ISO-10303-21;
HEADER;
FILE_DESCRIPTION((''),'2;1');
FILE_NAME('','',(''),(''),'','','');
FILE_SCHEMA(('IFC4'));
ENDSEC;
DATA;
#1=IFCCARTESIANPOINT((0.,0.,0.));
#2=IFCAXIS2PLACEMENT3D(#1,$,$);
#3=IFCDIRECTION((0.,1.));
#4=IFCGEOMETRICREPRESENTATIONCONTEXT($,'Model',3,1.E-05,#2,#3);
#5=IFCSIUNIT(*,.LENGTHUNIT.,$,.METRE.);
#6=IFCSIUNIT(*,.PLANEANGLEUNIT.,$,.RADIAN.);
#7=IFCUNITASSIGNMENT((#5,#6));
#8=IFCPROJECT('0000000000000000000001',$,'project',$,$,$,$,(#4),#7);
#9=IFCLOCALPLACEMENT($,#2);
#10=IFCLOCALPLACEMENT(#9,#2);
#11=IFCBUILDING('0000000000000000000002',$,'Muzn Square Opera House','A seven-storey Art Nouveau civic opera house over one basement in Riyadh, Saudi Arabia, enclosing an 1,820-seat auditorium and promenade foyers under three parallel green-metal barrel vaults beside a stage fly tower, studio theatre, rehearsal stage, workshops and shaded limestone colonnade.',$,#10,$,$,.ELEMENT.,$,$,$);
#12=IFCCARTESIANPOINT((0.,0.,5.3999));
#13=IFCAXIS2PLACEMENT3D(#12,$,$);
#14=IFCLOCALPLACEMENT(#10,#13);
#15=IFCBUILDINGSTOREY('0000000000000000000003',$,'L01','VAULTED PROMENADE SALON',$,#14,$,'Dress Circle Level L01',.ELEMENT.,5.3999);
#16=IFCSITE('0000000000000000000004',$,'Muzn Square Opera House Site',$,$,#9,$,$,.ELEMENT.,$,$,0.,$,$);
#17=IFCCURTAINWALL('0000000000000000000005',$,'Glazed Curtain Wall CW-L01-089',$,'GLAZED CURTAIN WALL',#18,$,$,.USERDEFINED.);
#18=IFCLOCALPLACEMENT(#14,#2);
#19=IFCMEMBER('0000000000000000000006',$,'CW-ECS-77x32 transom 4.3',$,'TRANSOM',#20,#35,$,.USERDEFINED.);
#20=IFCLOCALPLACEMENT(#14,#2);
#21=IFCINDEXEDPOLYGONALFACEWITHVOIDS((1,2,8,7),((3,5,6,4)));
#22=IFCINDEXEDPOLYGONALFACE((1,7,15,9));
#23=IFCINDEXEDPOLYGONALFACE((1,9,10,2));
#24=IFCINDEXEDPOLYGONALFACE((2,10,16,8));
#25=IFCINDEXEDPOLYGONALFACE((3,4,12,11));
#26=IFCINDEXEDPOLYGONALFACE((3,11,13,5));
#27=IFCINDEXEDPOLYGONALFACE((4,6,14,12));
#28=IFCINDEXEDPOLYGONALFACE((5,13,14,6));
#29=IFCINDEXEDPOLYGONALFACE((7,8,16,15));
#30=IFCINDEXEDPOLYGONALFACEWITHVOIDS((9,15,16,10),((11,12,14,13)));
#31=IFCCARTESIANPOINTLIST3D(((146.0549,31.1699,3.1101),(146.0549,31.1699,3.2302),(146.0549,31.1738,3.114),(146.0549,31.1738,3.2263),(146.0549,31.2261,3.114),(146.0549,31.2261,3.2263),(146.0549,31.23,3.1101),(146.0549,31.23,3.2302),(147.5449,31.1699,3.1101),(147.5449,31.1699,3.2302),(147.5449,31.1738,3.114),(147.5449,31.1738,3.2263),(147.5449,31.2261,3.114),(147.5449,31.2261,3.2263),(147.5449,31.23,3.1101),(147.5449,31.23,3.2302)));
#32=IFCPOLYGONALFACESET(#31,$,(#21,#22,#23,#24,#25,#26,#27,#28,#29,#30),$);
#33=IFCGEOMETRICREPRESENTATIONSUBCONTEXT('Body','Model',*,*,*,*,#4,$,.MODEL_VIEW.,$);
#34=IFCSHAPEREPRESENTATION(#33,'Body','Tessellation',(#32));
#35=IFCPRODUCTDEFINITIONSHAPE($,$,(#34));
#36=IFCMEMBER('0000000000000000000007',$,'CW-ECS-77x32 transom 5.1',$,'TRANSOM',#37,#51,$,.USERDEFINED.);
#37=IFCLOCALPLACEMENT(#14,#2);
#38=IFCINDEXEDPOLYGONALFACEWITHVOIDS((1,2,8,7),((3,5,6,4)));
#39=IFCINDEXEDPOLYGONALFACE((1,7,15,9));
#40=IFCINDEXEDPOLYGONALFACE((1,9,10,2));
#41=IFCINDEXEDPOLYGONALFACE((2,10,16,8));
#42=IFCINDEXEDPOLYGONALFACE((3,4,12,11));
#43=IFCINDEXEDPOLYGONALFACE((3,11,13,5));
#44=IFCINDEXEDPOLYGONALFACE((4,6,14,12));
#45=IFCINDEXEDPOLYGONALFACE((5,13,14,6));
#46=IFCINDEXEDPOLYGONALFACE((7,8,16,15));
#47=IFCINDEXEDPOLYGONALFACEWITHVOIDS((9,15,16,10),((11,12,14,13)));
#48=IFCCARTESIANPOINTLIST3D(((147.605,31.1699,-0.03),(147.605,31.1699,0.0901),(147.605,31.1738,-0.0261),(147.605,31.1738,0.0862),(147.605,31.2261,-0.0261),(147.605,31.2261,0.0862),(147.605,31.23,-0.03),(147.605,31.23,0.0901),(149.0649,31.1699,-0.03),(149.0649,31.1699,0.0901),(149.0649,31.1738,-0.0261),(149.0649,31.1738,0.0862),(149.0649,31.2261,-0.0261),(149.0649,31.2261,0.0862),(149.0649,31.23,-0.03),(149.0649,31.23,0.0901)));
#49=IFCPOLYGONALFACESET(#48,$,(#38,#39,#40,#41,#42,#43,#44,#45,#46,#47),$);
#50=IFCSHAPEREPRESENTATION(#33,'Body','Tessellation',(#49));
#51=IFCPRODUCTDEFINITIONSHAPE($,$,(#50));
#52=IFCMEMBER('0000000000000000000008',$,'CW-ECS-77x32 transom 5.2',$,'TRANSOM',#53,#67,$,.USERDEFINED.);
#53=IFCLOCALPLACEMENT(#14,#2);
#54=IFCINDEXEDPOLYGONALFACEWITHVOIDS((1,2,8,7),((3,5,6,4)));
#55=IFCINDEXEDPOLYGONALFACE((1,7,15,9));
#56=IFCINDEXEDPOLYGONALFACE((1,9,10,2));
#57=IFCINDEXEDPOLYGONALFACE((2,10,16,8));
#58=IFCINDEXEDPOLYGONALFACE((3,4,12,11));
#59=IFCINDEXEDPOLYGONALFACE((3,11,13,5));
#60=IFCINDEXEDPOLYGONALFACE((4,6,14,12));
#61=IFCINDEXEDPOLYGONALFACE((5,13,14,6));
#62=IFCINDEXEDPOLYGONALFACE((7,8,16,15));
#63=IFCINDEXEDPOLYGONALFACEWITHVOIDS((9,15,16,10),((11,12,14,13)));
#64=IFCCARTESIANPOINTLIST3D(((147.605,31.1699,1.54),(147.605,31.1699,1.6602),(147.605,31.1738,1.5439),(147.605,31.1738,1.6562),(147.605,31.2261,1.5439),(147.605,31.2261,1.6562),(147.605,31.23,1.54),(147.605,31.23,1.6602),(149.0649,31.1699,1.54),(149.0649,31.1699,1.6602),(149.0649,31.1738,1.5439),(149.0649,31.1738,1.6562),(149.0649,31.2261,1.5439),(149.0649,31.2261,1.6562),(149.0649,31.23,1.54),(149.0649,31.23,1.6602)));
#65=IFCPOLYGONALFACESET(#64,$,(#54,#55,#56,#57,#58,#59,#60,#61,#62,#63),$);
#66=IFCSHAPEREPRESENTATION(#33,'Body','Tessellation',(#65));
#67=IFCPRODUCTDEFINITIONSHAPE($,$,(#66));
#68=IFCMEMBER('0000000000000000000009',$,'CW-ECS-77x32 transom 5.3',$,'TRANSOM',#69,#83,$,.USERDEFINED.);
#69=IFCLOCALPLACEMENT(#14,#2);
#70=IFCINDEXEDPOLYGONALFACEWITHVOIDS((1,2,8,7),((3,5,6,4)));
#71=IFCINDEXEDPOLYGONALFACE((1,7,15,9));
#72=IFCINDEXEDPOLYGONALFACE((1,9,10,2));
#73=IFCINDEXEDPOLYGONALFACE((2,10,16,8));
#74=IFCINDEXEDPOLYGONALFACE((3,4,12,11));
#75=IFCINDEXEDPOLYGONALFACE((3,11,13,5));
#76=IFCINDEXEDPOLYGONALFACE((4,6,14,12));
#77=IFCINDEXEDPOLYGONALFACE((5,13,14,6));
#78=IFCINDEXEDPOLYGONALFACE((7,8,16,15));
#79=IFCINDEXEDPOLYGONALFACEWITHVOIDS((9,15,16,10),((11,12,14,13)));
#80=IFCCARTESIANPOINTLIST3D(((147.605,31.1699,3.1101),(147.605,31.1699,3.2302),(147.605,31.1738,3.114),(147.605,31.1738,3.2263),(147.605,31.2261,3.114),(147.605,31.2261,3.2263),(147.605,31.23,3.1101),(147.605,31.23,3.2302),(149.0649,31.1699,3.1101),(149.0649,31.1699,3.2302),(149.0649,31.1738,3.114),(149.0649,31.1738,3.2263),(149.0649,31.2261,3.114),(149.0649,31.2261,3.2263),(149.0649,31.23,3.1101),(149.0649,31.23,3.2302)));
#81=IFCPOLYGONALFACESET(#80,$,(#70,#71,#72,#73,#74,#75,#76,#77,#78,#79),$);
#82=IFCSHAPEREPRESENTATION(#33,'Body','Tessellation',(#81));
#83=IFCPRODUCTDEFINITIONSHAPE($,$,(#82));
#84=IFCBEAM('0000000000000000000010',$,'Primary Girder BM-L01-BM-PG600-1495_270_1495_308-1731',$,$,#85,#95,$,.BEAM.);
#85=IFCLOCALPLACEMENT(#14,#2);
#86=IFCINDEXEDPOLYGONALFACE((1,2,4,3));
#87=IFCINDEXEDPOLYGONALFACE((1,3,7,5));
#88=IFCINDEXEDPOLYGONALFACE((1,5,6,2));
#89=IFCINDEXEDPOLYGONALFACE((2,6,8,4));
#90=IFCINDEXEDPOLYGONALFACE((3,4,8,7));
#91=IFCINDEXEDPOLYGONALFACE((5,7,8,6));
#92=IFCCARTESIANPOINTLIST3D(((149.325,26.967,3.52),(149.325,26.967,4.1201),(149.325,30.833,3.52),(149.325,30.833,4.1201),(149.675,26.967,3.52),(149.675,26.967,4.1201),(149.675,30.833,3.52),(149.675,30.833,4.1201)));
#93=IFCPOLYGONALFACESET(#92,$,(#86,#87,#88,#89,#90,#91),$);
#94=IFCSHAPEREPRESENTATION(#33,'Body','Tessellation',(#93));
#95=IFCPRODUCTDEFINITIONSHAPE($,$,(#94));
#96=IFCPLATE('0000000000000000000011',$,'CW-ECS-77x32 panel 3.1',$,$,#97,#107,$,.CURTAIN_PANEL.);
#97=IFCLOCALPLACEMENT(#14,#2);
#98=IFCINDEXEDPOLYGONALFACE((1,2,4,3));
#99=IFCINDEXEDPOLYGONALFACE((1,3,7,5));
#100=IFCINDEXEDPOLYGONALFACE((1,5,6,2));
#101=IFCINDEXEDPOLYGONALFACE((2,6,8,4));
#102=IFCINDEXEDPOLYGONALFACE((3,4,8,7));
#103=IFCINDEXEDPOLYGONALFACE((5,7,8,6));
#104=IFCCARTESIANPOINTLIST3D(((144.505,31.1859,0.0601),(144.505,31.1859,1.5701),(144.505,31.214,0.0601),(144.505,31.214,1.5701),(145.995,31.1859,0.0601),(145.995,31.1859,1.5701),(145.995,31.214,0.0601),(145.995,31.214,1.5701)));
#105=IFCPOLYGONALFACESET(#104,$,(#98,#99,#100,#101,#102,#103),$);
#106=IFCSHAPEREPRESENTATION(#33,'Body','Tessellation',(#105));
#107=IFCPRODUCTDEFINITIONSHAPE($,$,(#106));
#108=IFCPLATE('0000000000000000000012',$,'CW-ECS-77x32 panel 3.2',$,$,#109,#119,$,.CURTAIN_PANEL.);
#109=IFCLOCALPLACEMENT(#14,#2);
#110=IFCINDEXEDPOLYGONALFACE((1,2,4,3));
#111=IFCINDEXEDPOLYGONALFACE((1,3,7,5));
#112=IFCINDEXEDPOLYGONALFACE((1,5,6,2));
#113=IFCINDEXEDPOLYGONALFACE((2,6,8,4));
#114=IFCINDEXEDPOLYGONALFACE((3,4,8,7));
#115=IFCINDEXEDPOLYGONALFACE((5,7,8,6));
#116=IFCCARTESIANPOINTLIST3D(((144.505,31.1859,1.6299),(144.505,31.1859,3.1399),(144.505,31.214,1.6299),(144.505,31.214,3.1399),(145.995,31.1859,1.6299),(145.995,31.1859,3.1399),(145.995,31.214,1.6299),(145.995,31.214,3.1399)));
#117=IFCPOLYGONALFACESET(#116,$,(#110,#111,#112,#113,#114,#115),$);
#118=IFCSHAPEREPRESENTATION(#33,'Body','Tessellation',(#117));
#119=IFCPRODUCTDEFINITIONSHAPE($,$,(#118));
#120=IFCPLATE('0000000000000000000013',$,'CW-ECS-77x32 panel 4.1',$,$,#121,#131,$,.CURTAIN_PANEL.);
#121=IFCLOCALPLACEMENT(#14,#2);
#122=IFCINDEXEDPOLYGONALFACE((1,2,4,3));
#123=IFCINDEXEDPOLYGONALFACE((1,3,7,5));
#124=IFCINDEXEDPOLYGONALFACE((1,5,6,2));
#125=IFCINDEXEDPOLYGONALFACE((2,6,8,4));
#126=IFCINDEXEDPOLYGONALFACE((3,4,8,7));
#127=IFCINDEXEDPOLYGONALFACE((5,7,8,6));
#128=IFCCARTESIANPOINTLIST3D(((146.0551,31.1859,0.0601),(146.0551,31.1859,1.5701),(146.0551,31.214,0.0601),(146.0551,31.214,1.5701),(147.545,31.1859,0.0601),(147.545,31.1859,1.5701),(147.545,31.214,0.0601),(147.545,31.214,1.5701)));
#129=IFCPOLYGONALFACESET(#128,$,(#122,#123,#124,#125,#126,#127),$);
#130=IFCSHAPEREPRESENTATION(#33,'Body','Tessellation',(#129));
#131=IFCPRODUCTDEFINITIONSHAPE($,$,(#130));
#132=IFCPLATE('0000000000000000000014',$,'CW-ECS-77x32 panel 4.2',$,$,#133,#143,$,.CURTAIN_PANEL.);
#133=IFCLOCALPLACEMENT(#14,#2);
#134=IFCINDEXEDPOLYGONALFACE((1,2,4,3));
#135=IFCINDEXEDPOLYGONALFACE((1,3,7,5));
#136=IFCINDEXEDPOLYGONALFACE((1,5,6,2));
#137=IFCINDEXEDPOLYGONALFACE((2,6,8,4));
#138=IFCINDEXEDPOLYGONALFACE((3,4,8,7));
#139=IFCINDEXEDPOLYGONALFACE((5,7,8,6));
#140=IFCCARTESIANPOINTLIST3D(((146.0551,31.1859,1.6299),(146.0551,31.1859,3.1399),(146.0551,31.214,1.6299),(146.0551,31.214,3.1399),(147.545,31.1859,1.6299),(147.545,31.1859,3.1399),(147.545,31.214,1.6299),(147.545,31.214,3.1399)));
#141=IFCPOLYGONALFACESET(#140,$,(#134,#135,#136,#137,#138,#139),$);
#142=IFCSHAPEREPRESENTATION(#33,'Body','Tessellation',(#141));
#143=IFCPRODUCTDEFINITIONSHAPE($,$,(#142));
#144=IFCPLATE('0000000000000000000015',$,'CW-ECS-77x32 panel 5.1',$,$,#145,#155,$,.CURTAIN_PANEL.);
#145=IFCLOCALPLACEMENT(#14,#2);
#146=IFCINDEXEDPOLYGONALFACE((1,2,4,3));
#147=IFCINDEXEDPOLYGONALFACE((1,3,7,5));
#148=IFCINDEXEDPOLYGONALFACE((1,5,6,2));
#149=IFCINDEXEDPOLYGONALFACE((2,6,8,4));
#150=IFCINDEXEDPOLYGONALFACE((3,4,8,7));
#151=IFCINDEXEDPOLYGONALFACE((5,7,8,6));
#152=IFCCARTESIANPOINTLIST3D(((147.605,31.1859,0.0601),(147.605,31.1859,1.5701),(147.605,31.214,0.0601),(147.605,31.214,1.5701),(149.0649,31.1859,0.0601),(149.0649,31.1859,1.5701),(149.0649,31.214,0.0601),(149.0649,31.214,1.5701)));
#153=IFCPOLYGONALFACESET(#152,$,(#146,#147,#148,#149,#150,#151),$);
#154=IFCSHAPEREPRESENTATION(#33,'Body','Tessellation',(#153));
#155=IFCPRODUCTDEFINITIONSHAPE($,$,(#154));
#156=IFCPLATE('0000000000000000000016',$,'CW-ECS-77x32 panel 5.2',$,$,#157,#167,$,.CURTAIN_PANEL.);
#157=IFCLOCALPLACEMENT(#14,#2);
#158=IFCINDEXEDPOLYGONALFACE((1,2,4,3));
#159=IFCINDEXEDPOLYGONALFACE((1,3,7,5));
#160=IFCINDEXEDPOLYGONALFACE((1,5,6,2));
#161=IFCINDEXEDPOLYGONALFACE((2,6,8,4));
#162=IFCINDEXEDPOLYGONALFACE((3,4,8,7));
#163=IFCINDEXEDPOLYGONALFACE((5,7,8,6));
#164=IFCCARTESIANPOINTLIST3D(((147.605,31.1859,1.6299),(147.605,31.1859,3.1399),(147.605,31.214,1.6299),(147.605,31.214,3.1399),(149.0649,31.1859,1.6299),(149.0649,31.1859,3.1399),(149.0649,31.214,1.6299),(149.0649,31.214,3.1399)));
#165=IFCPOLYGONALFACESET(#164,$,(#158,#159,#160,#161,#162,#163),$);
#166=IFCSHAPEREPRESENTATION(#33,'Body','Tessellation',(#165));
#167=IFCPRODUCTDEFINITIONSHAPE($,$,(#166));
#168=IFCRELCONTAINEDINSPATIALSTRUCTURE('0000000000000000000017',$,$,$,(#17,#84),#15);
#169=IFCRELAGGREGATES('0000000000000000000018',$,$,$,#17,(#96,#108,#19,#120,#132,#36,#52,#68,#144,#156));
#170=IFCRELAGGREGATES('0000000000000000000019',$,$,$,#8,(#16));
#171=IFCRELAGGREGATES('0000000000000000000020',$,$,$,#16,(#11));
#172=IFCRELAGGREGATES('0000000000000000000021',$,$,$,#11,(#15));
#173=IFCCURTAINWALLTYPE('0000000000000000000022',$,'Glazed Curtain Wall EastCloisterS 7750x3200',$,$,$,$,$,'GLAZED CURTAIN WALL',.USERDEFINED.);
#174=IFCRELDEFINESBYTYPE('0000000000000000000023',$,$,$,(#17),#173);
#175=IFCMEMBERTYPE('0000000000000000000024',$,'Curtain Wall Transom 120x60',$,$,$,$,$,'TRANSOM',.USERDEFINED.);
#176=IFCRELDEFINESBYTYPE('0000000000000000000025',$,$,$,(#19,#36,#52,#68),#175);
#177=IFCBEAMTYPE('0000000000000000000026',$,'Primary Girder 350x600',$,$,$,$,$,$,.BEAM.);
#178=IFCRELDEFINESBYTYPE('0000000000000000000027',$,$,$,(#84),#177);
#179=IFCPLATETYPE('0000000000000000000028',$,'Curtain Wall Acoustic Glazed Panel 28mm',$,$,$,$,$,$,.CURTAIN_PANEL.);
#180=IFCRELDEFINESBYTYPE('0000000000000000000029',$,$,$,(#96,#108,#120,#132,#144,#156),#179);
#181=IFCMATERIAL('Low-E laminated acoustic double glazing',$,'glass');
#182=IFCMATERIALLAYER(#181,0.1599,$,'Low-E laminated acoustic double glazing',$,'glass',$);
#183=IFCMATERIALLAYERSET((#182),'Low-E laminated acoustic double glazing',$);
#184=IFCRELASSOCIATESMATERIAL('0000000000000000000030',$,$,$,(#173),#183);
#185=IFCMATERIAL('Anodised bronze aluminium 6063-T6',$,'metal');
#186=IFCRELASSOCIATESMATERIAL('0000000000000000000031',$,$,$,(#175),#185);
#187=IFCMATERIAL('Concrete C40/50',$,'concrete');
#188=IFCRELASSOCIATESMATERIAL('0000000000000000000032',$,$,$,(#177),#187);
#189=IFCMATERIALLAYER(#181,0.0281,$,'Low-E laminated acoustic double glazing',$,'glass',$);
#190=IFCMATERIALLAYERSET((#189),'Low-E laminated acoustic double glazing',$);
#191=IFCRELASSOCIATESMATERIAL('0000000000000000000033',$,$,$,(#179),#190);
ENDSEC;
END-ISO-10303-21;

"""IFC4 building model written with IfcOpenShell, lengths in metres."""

from ifc_helpers import new_model, si_unit, direction, frame, origin, origin_2d, place, context, subcontext, project, spatial, rectangle, hollow_rectangle, extrude, material, layer, layer_set, material_profile, profile_set, type_object, element, aggregate, save


model = new_model("IFC4")

# Units and contexts
model_context = context("Model", 3, precision=1e-05, world=origin(), true_north=direction((0.0, 1.0)))
body_context = subcontext(model_context, "Body", "Model", "MODEL_VIEW")
ifc_project = project(units=[si_unit("LENGTHUNIT", "METRE"), si_unit("PLANEANGLEUNIT", "RADIAN")], contexts=[model_context])

# Site, building, storey
site_placement = place(None, origin())
site = spatial("IfcSite", under=ifc_project, at=site_placement, Name="Muzn Square Opera House Site", CompositionType="ELEMENT", RefElevation=0.0)
building_placement = place(site_placement, origin())
building = spatial("IfcBuilding", under=site, at=building_placement, Name="Muzn Square Opera House", Description="A seven-storey Art Nouveau civic opera house over one basement in Riyadh, Saudi Arabia, enclosing an 1,820-seat auditorium and promenade foyers under three parallel green-metal barrel vaults beside a stage fly tower, studio theatre, rehearsal stage, workshops and shaded limestone colonnade.", CompositionType="ELEMENT")
storey_placement = place(building_placement, frame((0.0, 0.0, 5.3999)))
storey = spatial("IfcBuildingStorey", under=building, at=storey_placement, Name="L01", Description="VAULTED PROMENADE SALON", LongName="Dress Circle Level L01", CompositionType="ELEMENT", Elevation=5.3999)

# Curtain wall, members
ifc_material_1 = material(Name="Low-E laminated acoustic double glazing", Category="glass")
ifc_layer_1 = layer(ifc_material_1, 0.1599, Name="Low-E laminated acoustic double glazing", Category="glass")
ifc_layer_set_1 = layer_set([ifc_layer_1], Name="Low-E laminated acoustic double glazing")
curtain_wall_type = type_object("IfcCurtainWallType", Name="Glazed Curtain Wall EastCloisterS 7750x3200", ElementType="GLAZED CURTAIN WALL", PredefinedType="USERDEFINED", material=ifc_layer_set_1)
curtain_wall_placement = place(storey_placement, origin())
curtain_wall = element("IfcCurtainWall", 1, at=curtain_wall_placement, inside=storey, type_object=curtain_wall_type, Name="Glazed Curtain Wall CW-L01-089", ObjectType="GLAZED CURTAIN WALL", PredefinedType="USERDEFINED")
ifc_material_2 = material(Name="Anodised bronze aluminium 6063-T6", Category="metal")
ifc_material_profile_1 = material_profile(ifc_material_2, hollow_rectangle(XDim=0.0601, YDim=0.1201, WallThickness=0.0039, at=origin_2d()), Name="ALU 120x60x4", Category="metal")
ifc_profile_set_1 = profile_set([ifc_material_profile_1], Name="Anodised bronze aluminium 6063-T6")
member_type_1 = type_object("IfcMemberType", Name="Curtain Wall Transom 120x60", ElementType="TRANSOM", PredefinedType="USERDEFINED", material=ifc_profile_set_1)
member_1_placement = place(storey_placement, frame((146.0549, 31.2, 3.1702), z_axis=(1.0, 0.0, 0.0), x_axis=(0.0, 1.0, 0.0)))
member_1 = element("IfcMember", 2, at=member_1_placement, type_object=member_type_1, Name="CW-ECS-77x32 transom 4.3", ObjectType="TRANSOM", PredefinedType="USERDEFINED", context=body_context, shape_type="SweptSolid", body=[
    extrude(hollow_rectangle(XDim=0.0601, YDim=0.1201, WallThickness=0.0039, at=origin_2d()), origin(), (0.0, 0.0, 1.0), 1.49),
])
member_2_placement = place(storey_placement, frame((147.605, 31.2, 0.03), z_axis=(1.0, 0.0, 0.0), x_axis=(0.0, 1.0, 0.0)))
member_2 = element("IfcMember", 3, at=member_2_placement, type_object=member_type_1, Name="CW-ECS-77x32 transom 5.1", ObjectType="TRANSOM", PredefinedType="USERDEFINED", context=body_context, shape_type="SweptSolid", body=[
    extrude(hollow_rectangle(XDim=0.0601, YDim=0.1201, WallThickness=0.0039, at=origin_2d()), origin(), (0.0, 0.0, 1.0), 1.46),
])
member_3_placement = place(storey_placement, frame((147.605, 31.2, 1.6001), z_axis=(1.0, 0.0, 0.0), x_axis=(0.0, 1.0, 0.0)))
member_3 = element("IfcMember", 4, at=member_3_placement, type_object=member_type_1, Name="CW-ECS-77x32 transom 5.2", ObjectType="TRANSOM", PredefinedType="USERDEFINED", context=body_context, shape_type="SweptSolid", body=[
    extrude(hollow_rectangle(XDim=0.0601, YDim=0.1201, WallThickness=0.0039, at=origin_2d()), origin(), (0.0, 0.0, 1.0), 1.46),
])
member_4_placement = place(storey_placement, frame((147.605, 31.2, 3.1702), z_axis=(1.0, 0.0, 0.0), x_axis=(0.0, 1.0, 0.0)))
member_4 = element("IfcMember", 5, at=member_4_placement, type_object=member_type_1, Name="CW-ECS-77x32 transom 5.3", ObjectType="TRANSOM", PredefinedType="USERDEFINED", context=body_context, shape_type="SweptSolid", body=[
    extrude(hollow_rectangle(XDim=0.0601, YDim=0.1201, WallThickness=0.0039, at=origin_2d()), origin(), (0.0, 0.0, 1.0), 1.46),
])

# Beam
ifc_material_3 = material(Name="Concrete C40/50", Category="concrete")
ifc_material_profile_2 = material_profile(ifc_material_3, rectangle(XDim=0.3501, YDim=0.6001, at=origin_2d()), Name="RCB 350x600", Category="concrete")
ifc_profile_set_2 = profile_set([ifc_material_profile_2], Name="Concrete C40/50")
beam_type = type_object("IfcBeamType", Name="Primary Girder 350x600", PredefinedType="BEAM", material=ifc_profile_set_2)
beam_placement = place(storey_placement, frame((149.5, 26.967, 3.8201), z_axis=(0.0, 1.0, 0.0), x_axis=(-1.0, 0.0, 0.0)))
element("IfcBeam", 6, at=beam_placement, inside=storey, type_object=beam_type, Name="Primary Girder BM-L01-BM-PG600-1495_270_1495_308-1731", PredefinedType="BEAM", context=body_context, shape_type="SweptSolid", body=[
    extrude(rectangle(XDim=0.3501, YDim=0.6001, at=origin_2d()), origin(), (0.0, 0.0, 1.0), 3.866),
])

# Plates
ifc_layer_2 = layer(ifc_material_1, 0.0281, Name="Low-E laminated acoustic double glazing", Category="glass")
ifc_layer_set_2 = layer_set([ifc_layer_2], Name="Low-E laminated acoustic double glazing")
plate_type = type_object("IfcPlateType", Name="Curtain Wall Acoustic Glazed Panel 28mm", PredefinedType="CURTAIN_PANEL", material=ifc_layer_set_2)
plate_1_placement = place(storey_placement, frame((145.25, 31.2, 0.0601), z_axis=(0.0, 0.0, 1.0), x_axis=(1.0, 0.0, 0.0)))
plate_1 = element("IfcPlate", 7, at=plate_1_placement, type_object=plate_type, Name="CW-ECS-77x32 panel 3.1", PredefinedType="CURTAIN_PANEL", context=body_context, shape_type="SweptSolid", body=[
    extrude(rectangle(XDim=1.49, YDim=0.0281, at=origin_2d()), origin(), (0.0, 0.0, 1.0), 1.51),
])
plate_2_placement = place(storey_placement, frame((145.25, 31.2, 1.6299), z_axis=(0.0, 0.0, 1.0), x_axis=(1.0, 0.0, 0.0)))
plate_2 = element("IfcPlate", 8, at=plate_2_placement, type_object=plate_type, Name="CW-ECS-77x32 panel 3.2", PredefinedType="CURTAIN_PANEL", context=body_context, shape_type="SweptSolid", body=[
    extrude(rectangle(XDim=1.49, YDim=0.0281, at=origin_2d()), origin(), (0.0, 0.0, 1.0), 1.51),
])
plate_3_placement = place(storey_placement, frame((146.8, 31.2, 0.0601), z_axis=(0.0, 0.0, 1.0), x_axis=(1.0, 0.0, 0.0)))
plate_3 = element("IfcPlate", 9, at=plate_3_placement, type_object=plate_type, Name="CW-ECS-77x32 panel 4.1", PredefinedType="CURTAIN_PANEL", context=body_context, shape_type="SweptSolid", body=[
    extrude(rectangle(XDim=1.49, YDim=0.0281, at=origin_2d()), origin(), (0.0, 0.0, 1.0), 1.51),
])
plate_4_placement = place(storey_placement, frame((146.8, 31.2, 1.6299), z_axis=(0.0, 0.0, 1.0), x_axis=(1.0, 0.0, 0.0)))
plate_4 = element("IfcPlate", 10, at=plate_4_placement, type_object=plate_type, Name="CW-ECS-77x32 panel 4.2", PredefinedType="CURTAIN_PANEL", context=body_context, shape_type="SweptSolid", body=[
    extrude(rectangle(XDim=1.49, YDim=0.0281, at=origin_2d()), origin(), (0.0, 0.0, 1.0), 1.51),
])
plate_5_placement = place(storey_placement, frame((148.335, 31.2, 0.0601), z_axis=(0.0, 0.0, 1.0), x_axis=(1.0, 0.0, 0.0)))
plate_5 = element("IfcPlate", 11, at=plate_5_placement, type_object=plate_type, Name="CW-ECS-77x32 panel 5.1", PredefinedType="CURTAIN_PANEL", context=body_context, shape_type="SweptSolid", body=[
    extrude(rectangle(XDim=1.46, YDim=0.0281, at=origin_2d()), origin(), (0.0, 0.0, 1.0), 1.51),
])
plate_6_placement = place(storey_placement, frame((148.335, 31.2, 1.6299), z_axis=(0.0, 0.0, 1.0), x_axis=(1.0, 0.0, 0.0)))
plate_6 = element("IfcPlate", 12, at=plate_6_placement, type_object=plate_type, Name="CW-ECS-77x32 panel 5.2", PredefinedType="CURTAIN_PANEL", context=body_context, shape_type="SweptSolid", body=[
    extrude(rectangle(XDim=1.46, YDim=0.0281, at=origin_2d()), origin(), (0.0, 0.0, 1.0), 1.51),
])
aggregate(curtain_wall, [plate_1, plate_2, member_1, plate_3, plate_4, member_2, member_3, member_4, plate_5, plate_6])

save(model, "model.ifc")
